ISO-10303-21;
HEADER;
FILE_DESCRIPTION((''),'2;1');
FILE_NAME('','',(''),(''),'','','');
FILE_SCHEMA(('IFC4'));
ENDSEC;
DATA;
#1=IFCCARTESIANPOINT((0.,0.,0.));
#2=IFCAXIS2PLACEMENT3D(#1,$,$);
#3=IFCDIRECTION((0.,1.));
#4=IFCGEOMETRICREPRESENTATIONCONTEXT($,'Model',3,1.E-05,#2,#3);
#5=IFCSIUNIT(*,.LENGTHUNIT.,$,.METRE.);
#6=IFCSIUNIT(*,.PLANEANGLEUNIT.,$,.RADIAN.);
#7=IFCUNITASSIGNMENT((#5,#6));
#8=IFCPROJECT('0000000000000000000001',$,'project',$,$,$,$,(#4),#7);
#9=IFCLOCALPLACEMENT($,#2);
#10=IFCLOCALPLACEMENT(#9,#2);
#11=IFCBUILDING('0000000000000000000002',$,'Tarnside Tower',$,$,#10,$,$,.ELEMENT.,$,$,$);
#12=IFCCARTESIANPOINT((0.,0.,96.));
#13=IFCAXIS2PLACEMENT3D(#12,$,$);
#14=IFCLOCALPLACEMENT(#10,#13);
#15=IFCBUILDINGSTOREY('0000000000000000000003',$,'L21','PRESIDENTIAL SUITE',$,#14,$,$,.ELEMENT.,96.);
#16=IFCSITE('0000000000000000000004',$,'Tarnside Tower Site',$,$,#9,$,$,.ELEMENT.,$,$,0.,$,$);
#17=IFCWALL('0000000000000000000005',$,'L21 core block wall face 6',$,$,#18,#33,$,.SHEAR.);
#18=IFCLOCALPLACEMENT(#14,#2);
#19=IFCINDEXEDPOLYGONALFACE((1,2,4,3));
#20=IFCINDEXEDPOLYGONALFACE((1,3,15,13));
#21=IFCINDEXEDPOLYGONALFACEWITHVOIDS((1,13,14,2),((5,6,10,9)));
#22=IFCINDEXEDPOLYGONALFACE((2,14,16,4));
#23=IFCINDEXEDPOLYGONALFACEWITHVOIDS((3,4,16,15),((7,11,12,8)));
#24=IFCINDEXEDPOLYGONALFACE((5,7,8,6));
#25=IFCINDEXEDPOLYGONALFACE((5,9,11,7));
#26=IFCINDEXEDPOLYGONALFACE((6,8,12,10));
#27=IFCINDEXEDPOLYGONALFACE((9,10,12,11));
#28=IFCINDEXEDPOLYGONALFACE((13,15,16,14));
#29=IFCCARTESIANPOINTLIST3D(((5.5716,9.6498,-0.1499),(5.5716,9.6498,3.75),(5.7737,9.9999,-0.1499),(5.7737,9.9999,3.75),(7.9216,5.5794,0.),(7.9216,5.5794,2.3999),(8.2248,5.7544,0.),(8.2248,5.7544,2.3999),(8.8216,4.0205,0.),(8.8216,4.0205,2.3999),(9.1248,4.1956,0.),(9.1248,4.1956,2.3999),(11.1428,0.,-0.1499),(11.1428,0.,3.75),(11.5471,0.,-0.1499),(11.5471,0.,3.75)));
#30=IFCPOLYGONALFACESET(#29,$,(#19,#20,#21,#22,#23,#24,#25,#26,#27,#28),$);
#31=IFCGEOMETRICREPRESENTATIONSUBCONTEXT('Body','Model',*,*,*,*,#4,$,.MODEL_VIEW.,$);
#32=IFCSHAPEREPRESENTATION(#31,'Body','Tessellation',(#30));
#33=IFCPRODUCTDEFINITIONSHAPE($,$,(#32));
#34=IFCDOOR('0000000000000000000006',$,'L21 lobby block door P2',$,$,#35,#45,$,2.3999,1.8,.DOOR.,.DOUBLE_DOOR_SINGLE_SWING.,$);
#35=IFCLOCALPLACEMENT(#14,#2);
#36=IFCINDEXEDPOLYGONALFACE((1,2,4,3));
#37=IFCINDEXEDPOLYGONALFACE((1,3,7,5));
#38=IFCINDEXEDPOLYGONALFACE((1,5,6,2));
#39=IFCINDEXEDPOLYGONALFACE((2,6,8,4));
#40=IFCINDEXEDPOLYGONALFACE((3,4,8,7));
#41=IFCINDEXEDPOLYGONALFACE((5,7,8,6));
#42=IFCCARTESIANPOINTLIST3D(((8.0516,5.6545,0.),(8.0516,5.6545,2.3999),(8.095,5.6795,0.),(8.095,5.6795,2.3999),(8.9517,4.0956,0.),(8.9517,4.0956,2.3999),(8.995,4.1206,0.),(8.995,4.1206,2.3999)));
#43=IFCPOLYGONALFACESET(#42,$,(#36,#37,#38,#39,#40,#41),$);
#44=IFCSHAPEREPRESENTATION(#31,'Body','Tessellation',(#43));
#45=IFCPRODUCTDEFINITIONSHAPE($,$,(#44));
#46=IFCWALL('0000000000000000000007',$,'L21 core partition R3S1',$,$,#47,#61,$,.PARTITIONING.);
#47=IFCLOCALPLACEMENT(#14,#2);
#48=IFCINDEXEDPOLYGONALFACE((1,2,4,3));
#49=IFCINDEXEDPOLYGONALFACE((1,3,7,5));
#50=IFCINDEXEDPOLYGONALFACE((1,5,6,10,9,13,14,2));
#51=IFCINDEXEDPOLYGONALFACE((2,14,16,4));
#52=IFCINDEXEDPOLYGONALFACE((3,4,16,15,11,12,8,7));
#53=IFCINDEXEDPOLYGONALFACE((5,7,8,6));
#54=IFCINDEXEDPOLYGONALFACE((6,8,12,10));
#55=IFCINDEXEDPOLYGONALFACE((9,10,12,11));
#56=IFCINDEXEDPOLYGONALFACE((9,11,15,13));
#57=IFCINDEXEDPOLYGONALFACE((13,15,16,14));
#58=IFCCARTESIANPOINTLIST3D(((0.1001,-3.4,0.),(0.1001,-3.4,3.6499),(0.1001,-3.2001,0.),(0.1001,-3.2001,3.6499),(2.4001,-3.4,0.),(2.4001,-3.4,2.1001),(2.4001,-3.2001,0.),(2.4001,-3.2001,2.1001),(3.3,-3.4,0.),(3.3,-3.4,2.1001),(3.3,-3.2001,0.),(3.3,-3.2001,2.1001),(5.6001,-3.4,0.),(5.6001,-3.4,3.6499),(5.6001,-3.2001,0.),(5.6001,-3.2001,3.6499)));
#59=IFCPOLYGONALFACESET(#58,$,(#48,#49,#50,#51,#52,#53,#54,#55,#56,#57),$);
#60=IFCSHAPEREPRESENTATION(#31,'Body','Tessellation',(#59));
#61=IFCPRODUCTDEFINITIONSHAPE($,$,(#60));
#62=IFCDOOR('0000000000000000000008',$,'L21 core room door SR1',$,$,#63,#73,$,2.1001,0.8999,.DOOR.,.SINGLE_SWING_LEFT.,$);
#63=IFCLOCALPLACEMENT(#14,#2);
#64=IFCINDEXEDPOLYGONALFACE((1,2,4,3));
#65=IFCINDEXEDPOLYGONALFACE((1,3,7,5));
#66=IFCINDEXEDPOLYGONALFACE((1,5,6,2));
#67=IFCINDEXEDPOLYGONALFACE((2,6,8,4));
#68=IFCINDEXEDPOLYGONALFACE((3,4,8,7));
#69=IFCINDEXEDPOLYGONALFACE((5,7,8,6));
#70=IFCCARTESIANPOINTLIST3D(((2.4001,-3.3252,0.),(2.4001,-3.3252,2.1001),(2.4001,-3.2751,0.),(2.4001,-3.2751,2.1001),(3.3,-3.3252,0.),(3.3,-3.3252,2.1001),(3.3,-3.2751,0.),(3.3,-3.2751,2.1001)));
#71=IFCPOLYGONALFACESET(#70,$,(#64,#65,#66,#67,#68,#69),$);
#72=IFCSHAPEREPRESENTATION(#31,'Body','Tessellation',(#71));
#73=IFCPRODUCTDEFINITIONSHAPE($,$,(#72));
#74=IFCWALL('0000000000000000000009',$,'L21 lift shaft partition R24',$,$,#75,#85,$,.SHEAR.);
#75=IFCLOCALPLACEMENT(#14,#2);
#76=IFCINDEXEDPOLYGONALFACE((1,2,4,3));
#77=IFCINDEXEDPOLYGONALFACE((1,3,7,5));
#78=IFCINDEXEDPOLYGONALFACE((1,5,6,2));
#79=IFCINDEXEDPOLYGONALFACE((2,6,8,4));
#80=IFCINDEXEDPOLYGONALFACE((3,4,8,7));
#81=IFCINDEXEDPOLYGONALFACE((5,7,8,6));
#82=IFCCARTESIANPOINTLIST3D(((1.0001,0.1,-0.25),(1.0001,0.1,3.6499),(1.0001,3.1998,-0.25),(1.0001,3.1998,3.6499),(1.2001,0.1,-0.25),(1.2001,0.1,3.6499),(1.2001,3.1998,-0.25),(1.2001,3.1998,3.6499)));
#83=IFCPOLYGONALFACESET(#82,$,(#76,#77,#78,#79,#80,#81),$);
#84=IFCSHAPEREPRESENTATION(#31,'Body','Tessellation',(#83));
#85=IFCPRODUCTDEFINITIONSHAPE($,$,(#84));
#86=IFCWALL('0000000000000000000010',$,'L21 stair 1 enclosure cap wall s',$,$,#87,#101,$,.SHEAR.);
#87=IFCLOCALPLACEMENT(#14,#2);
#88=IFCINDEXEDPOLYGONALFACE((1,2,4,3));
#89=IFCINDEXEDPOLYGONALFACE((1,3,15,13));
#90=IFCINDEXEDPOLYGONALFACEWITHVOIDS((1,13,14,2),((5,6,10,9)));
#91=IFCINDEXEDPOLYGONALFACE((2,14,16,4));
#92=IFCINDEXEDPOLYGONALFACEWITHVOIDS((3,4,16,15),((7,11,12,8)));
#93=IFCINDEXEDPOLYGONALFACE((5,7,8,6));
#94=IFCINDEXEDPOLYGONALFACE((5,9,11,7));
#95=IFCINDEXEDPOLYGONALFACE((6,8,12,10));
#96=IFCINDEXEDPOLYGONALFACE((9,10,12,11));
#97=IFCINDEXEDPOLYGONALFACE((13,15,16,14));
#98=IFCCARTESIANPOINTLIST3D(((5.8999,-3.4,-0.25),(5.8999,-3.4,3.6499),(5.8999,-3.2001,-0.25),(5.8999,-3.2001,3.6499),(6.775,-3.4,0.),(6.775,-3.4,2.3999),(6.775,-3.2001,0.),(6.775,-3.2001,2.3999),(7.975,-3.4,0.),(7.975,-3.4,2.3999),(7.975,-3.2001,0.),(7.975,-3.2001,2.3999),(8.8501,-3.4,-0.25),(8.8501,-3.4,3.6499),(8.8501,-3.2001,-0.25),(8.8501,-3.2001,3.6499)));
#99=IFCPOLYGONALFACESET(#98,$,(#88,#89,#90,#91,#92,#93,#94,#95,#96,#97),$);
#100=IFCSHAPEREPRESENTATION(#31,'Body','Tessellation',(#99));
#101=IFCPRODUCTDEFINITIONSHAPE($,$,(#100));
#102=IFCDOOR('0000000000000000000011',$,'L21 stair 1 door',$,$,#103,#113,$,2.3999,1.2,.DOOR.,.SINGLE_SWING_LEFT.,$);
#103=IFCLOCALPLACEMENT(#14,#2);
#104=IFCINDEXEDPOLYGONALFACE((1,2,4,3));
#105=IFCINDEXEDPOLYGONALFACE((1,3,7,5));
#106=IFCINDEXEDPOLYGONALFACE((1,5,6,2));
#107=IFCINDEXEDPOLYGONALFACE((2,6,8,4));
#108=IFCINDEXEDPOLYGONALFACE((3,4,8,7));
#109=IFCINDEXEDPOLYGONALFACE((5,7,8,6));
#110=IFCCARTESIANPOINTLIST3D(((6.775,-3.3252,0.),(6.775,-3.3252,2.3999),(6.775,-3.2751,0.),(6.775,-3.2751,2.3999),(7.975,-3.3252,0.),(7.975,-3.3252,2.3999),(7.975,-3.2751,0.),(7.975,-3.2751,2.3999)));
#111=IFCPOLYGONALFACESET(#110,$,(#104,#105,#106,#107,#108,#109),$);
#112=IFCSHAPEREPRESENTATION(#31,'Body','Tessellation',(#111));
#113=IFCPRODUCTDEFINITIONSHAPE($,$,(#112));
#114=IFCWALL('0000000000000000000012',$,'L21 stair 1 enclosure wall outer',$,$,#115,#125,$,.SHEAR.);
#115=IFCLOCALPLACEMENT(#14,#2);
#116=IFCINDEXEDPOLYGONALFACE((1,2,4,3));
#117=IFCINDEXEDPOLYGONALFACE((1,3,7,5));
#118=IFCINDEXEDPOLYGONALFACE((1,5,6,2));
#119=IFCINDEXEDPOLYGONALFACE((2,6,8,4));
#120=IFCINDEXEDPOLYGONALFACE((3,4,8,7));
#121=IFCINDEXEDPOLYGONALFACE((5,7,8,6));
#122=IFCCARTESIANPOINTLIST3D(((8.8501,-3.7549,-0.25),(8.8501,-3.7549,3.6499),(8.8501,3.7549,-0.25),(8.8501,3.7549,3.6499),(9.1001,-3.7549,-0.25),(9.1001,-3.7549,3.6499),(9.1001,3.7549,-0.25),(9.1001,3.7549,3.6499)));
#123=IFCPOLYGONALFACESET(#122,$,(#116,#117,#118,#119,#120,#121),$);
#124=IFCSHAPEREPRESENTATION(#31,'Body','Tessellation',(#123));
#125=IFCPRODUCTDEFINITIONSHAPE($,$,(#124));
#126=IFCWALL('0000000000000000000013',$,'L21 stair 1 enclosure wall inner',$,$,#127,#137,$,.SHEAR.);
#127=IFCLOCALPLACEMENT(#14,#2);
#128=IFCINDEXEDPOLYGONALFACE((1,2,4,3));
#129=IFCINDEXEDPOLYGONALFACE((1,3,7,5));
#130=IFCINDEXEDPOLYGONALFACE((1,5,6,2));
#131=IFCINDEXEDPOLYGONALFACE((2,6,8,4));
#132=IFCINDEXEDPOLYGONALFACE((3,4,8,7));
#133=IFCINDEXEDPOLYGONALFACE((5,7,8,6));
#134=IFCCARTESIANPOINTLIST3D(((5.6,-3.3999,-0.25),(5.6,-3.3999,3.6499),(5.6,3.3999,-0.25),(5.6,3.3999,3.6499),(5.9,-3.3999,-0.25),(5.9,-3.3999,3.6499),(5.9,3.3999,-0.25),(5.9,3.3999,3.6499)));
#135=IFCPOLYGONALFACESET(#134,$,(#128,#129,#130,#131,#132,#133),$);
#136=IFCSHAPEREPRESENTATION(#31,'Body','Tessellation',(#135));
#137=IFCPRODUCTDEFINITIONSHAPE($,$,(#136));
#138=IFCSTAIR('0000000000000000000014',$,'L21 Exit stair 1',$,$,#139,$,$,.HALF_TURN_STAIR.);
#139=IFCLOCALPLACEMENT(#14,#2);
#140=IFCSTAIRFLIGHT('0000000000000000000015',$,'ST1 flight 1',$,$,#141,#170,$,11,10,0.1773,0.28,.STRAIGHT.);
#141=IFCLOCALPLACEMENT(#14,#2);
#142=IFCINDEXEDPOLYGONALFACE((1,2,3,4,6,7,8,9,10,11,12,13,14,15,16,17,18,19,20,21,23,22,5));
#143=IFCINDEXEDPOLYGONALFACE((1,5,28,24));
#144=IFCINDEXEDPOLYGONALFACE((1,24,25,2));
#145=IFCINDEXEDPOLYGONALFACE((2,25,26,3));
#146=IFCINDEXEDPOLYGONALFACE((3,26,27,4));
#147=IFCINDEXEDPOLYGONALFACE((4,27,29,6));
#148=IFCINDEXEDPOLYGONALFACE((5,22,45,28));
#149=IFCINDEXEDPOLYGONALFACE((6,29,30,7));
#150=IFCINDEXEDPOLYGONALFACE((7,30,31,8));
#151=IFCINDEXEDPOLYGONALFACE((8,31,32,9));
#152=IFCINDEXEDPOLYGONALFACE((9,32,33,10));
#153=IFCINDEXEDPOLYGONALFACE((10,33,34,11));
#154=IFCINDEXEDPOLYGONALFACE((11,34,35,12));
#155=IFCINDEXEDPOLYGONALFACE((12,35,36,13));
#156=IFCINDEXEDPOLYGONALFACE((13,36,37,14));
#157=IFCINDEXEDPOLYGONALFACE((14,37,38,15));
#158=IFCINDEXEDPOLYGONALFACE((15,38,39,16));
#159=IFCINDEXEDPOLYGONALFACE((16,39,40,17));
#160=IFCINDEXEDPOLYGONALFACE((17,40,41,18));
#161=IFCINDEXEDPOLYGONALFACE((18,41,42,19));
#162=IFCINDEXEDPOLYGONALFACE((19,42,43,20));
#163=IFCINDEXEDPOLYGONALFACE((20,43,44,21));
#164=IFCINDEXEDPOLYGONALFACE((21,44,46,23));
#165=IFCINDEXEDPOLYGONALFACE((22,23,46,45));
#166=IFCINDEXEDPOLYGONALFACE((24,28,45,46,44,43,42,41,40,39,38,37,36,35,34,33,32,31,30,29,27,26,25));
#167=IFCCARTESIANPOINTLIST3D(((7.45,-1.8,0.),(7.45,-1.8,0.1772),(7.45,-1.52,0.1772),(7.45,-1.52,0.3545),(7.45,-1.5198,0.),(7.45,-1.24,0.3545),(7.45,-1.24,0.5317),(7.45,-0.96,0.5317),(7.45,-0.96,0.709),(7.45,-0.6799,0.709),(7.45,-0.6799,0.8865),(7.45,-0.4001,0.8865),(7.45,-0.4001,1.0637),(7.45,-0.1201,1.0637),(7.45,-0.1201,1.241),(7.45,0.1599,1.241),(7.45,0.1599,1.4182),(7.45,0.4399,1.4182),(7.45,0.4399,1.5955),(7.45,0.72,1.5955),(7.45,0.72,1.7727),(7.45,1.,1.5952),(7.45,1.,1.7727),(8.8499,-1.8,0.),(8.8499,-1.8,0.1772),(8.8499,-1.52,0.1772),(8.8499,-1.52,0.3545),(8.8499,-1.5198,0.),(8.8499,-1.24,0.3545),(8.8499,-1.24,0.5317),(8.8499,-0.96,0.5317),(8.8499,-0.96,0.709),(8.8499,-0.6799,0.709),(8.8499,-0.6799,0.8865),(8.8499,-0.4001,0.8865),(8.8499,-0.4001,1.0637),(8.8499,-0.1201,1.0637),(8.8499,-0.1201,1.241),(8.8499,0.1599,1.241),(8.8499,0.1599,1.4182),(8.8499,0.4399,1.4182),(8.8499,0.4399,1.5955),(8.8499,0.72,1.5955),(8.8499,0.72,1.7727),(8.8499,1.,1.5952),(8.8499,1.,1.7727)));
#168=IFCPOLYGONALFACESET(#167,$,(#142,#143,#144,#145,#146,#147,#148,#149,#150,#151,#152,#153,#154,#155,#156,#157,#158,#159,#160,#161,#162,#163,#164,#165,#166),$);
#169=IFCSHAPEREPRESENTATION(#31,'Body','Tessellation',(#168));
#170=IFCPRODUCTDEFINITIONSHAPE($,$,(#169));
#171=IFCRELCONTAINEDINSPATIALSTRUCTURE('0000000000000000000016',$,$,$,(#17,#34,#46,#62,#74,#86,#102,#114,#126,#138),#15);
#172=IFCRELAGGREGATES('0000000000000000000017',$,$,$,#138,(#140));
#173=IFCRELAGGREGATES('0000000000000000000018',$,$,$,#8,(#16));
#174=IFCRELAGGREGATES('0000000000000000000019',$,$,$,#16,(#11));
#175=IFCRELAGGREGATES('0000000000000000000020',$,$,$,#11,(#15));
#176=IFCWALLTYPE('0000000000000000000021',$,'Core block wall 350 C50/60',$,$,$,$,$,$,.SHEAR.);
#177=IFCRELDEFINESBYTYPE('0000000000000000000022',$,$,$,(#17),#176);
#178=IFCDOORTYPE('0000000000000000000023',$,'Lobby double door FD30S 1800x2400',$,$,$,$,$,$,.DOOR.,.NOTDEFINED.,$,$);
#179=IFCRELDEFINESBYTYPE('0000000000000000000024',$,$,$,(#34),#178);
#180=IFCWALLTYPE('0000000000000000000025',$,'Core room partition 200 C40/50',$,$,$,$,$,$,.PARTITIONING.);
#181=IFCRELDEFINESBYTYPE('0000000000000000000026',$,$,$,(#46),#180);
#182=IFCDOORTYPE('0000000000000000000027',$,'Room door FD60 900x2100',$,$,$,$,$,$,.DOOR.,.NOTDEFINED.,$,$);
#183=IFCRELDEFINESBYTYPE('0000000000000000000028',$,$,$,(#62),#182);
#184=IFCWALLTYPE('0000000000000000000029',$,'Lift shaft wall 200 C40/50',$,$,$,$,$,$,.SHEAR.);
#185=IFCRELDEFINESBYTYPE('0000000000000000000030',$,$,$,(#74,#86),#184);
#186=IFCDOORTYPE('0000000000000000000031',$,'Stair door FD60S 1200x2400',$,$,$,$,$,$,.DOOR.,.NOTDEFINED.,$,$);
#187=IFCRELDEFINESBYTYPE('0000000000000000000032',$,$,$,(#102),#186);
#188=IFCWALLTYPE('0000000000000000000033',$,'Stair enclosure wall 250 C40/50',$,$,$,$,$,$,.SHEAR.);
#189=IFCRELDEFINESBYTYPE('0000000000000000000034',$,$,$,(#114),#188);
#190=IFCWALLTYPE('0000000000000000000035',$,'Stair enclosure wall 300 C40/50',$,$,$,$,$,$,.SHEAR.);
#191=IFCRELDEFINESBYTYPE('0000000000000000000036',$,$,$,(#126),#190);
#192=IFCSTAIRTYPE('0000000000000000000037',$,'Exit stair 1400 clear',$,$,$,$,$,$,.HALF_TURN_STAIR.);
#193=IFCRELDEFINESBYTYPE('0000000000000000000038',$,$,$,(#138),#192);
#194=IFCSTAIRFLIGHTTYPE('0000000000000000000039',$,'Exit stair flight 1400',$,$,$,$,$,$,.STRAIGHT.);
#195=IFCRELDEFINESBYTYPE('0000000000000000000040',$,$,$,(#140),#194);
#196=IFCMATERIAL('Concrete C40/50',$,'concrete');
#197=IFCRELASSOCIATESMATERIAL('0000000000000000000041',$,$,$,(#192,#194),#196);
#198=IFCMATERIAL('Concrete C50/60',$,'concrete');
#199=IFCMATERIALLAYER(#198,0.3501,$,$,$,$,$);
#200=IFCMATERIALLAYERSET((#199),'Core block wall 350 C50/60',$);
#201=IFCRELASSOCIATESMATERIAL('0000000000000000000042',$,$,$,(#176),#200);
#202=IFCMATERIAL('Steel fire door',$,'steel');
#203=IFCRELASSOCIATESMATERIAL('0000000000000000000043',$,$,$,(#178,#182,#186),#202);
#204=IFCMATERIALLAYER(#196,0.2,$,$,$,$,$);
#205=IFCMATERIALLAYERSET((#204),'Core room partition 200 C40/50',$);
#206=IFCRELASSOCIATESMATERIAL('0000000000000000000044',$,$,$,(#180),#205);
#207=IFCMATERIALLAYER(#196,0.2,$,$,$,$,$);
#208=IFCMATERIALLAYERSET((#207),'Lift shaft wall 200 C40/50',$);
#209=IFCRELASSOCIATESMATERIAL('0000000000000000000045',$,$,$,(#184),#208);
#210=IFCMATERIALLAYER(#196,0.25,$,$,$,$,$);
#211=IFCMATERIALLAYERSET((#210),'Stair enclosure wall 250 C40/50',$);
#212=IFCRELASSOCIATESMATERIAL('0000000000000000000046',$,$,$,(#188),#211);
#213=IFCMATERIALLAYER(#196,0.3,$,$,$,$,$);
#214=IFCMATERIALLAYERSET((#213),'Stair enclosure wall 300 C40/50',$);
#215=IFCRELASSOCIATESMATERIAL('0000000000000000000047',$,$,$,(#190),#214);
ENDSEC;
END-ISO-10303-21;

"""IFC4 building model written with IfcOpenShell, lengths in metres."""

from ifc_helpers import new_model, si_unit, direction, frame, frame_2d, origin, place, context, subcontext, project, spatial, polyline, rectangle, outline, extrude, material, layer, layer_set, type_object, element, fill, aggregate, save


model = new_model("IFC4")

# Units and contexts
model_context = context("Model", 3, precision=1e-05, world=origin(), true_north=direction((0.0, 1.0)))
body_context = subcontext(model_context, "Body", "Model", "MODEL_VIEW")
ifc_project = project(units=[si_unit("LENGTHUNIT", "METRE"), si_unit("PLANEANGLEUNIT", "RADIAN")], contexts=[model_context])

# Site, building, storey
site_placement = place(None, origin())
site = spatial("IfcSite", under=ifc_project, at=site_placement, Name="Tarnside Tower Site", CompositionType="ELEMENT", RefElevation=0.0)
building_placement = place(site_placement, origin())
building = spatial("IfcBuilding", under=site, at=building_placement, Name="Tarnside Tower", CompositionType="ELEMENT")
storey_placement = place(building_placement, frame((0.0, 0.0, 96.0)))
storey = spatial("IfcBuildingStorey", under=building, at=storey_placement, Name="L21", Description="PRESIDENTIAL SUITE", CompositionType="ELEMENT", Elevation=96.0)

# Shared definitions
ifc_material_1 = material(Name="Concrete C40/50", Category="concrete")

# Shared definitions
stair_type = type_object("IfcStairType", Name="Exit stair 1400 clear", PredefinedType="HALF_TURN_STAIR", material=ifc_material_1)

# Walls, openings, doors
ifc_material_2 = material(Name="Concrete C50/60", Category="concrete")
ifc_layer_1 = layer(ifc_material_2, 0.3501)
ifc_layer_set_1 = layer_set([ifc_layer_1], Name="Core block wall 350 C50/60")
wall_type_1 = type_object("IfcWallType", Name="Core block wall 350 C50/60", PredefinedType="SHEAR", material=ifc_layer_set_1)
wall_1_placement = place(storey_placement, frame((11.345, 0.0, -0.1499), z_axis=(0.0, 0.0, 1.0), x_axis=(-0.499995, 0.866028, 0.0)))
wall_1 = element("IfcWall", 1, at=wall_1_placement, inside=storey, type_object=wall_type_1, Name="L21 core block wall face 6", PredefinedType="SHEAR", context=body_context, shape_type="SweptSolid", body=[
    extrude(outline(polyline([(-0.1011, -0.175), (11.4458, -0.175), (11.2437, 0.175), (0.1011, 0.175), (-0.1011, -0.175)])), origin(), (0.0, 0.0, 1.0), 3.8999),
])
opening_1_placement = place(wall_1_placement, frame((4.7437, 0.0, 0.1499)))
opening_1 = element("IfcOpeningElement", 2, at=opening_1_placement, cuts=wall_1, PredefinedType="OPENING", context=body_context, shape_type="SweptSolid", body=[
    extrude(rectangle(XDim=1.8, YDim=2.3999, at=frame_2d((0.8999, 1.2))), frame((0.0, 0.1851, 0.0), z_axis=(0.0, -1.0, 0.0), x_axis=(1.0, 0.0, 0.0)), (0.0, 0.0, 1.0), 0.3701),
])
ifc_material_3 = material(Name="Steel fire door", Category="steel")
door_type_1 = type_object("IfcDoorType", Name="Lobby double door FD30S 1800x2400", OperationType="NOTDEFINED", PredefinedType="DOOR", material=ifc_material_3)
door_1_placement = place(opening_1_placement, origin())
door_1 = element("IfcDoor", 3, at=door_1_placement, inside=storey, type_object=door_type_1, Name="L21 lobby block door P2", OperationType="DOUBLE_DOOR_SINGLE_SWING", OverallHeight=2.3999, OverallWidth=1.8, PredefinedType="DOOR", context=body_context, shape_type="SweptSolid", body=[
    extrude(rectangle(XDim=1.8, YDim=2.3999, at=frame_2d((0.8999, 1.2))), frame((0.0, 0.0249, 0.0), z_axis=(0.0, -1.0, 0.0), x_axis=(1.0, 0.0, 0.0)), (0.0, 0.0, 1.0), 0.05),
])
fill(opening_1, door_1)
ifc_layer_2 = layer(ifc_material_1, 0.2)
ifc_layer_set_2 = layer_set([ifc_layer_2], Name="Core room partition 200 C40/50")
wall_type_2 = type_object("IfcWallType", Name="Core room partition 200 C40/50", PredefinedType="PARTITIONING", material=ifc_layer_set_2)
wall_2_placement = place(storey_placement, frame((0.1001, -3.3, 0.0), z_axis=(0.0, 0.0, 1.0), x_axis=(1.0, 0.0, 0.0)))
wall_2 = element("IfcWall", 4, at=wall_2_placement, inside=storey, type_object=wall_type_2, Name="L21 core partition R3S1", PredefinedType="PARTITIONING", context=body_context, shape_type="SweptSolid", body=[
    extrude(rectangle(XDim=5.5, YDim=0.2, at=frame_2d((2.75, 0.0))), origin(), (0.0, 0.0, 1.0), 3.6499),
])
opening_2_placement = place(wall_2_placement, frame((2.3, 0.0, 0.0)))
opening_2 = element("IfcOpeningElement", 5, at=opening_2_placement, cuts=wall_2, PredefinedType="OPENING", context=body_context, shape_type="SweptSolid", body=[
    extrude(rectangle(XDim=0.8999, YDim=2.1001, at=frame_2d((0.45, 1.05))), frame((0.0, 0.1099, 0.0), z_axis=(0.0, -1.0, 0.0), x_axis=(1.0, 0.0, 0.0)), (0.0, 0.0, 1.0), 0.22),
])
door_type_2 = type_object("IfcDoorType", Name="Room door FD60 900x2100", OperationType="NOTDEFINED", PredefinedType="DOOR", material=ifc_material_3)
door_2_placement = place(opening_2_placement, origin())
door_2 = element("IfcDoor", 6, at=door_2_placement, inside=storey, type_object=door_type_2, Name="L21 core room door SR1", OperationType="SINGLE_SWING_LEFT", OverallHeight=2.1001, OverallWidth=0.8999, PredefinedType="DOOR", context=body_context, shape_type="SweptSolid", body=[
    extrude(rectangle(XDim=0.8999, YDim=2.1001, at=frame_2d((0.45, 1.05))), frame((0.0, 0.0249, 0.0), z_axis=(0.0, -1.0, 0.0), x_axis=(1.0, 0.0, 0.0)), (0.0, 0.0, 1.0), 0.05),
])
fill(opening_2, door_2)

# Wall
ifc_layer_3 = layer(ifc_material_1, 0.2)
ifc_layer_set_3 = layer_set([ifc_layer_3], Name="Lift shaft wall 200 C40/50")
wall_type_3 = type_object("IfcWallType", Name="Lift shaft wall 200 C40/50", PredefinedType="SHEAR", material=ifc_layer_set_3)
wall_3_placement = place(storey_placement, frame((1.1001, 0.1001, -0.25), z_axis=(0.0, 0.0, 1.0), x_axis=(0.0, 1.0, 0.0)))
element("IfcWall", 7, at=wall_3_placement, inside=storey, type_object=wall_type_3, Name="L21 lift shaft partition R24", PredefinedType="SHEAR", context=body_context, shape_type="SweptSolid", body=[
    extrude(rectangle(XDim=3.0999, YDim=0.2, at=frame_2d((1.5498, 0.0))), origin(), (0.0, 0.0, 1.0), 3.8999),
])

# Wall, opening, door
wall_4_placement = place(storey_placement, frame((5.8999, -3.3, -0.25), z_axis=(0.0, 0.0, 1.0), x_axis=(1.0, 0.0, 0.0)))
wall_4 = element("IfcWall", 8, at=wall_4_placement, inside=storey, type_object=wall_type_3, Name="L21 stair 1 enclosure cap wall s", PredefinedType="SHEAR", context=body_context, shape_type="SweptSolid", body=[
    extrude(rectangle(XDim=2.9502, YDim=0.2, at=frame_2d((1.4751, 0.0))), origin(), (0.0, 0.0, 1.0), 3.8999),
])
opening_3_placement = place(wall_4_placement, frame((0.875, 0.0, 0.25)))
opening_3 = element("IfcOpeningElement", 9, at=opening_3_placement, cuts=wall_4, PredefinedType="OPENING", context=body_context, shape_type="SweptSolid", body=[
    extrude(rectangle(XDim=1.2, YDim=2.3999, at=frame_2d((0.6001, 1.2))), frame((0.0, 0.1099, 0.0), z_axis=(0.0, -1.0, 0.0), x_axis=(1.0, 0.0, 0.0)), (0.0, 0.0, 1.0), 0.22),
])
door_type_3 = type_object("IfcDoorType", Name="Stair door FD60S 1200x2400", OperationType="NOTDEFINED", PredefinedType="DOOR", material=ifc_material_3)
door_3_placement = place(opening_3_placement, origin())
door_3 = element("IfcDoor", 10, at=door_3_placement, inside=storey, type_object=door_type_3, Name="L21 stair 1 door", OperationType="SINGLE_SWING_LEFT", OverallHeight=2.3999, OverallWidth=1.2, PredefinedType="DOOR", context=body_context, shape_type="SweptSolid", body=[
    extrude(rectangle(XDim=1.2, YDim=2.3999, at=frame_2d((0.6001, 1.2))), frame((0.0, 0.0249, 0.0), z_axis=(0.0, -1.0, 0.0), x_axis=(1.0, 0.0, 0.0)), (0.0, 0.0, 1.0), 0.05),
])
fill(opening_3, door_3)

# Walls
ifc_layer_4 = layer(ifc_material_1, 0.25)
ifc_layer_set_4 = layer_set([ifc_layer_4], Name="Stair enclosure wall 250 C40/50")
wall_type_4 = type_object("IfcWallType", Name="Stair enclosure wall 250 C40/50", PredefinedType="SHEAR", material=ifc_layer_set_4)
wall_5_placement = place(storey_placement, frame((8.9751, -3.7549, -0.25), z_axis=(0.0, 0.0, 1.0), x_axis=(0.0, 1.0, 0.0)))
element("IfcWall", 11, at=wall_5_placement, inside=storey, type_object=wall_type_4, Name="L21 stair 1 enclosure wall outer", PredefinedType="SHEAR", context=body_context, shape_type="SweptSolid", body=[
    extrude(rectangle(XDim=7.5098, YDim=0.25, at=frame_2d((3.7549, 0.0))), origin(), (0.0, 0.0, 1.0), 3.8999),
])
ifc_layer_5 = layer(ifc_material_1, 0.3)
ifc_layer_set_5 = layer_set([ifc_layer_5], Name="Stair enclosure wall 300 C40/50")
wall_type_5 = type_object("IfcWallType", Name="Stair enclosure wall 300 C40/50", PredefinedType="SHEAR", material=ifc_layer_set_5)
wall_6_placement = place(storey_placement, frame((5.75, -3.3999, -0.25), z_axis=(0.0, 0.0, 1.0), x_axis=(0.0, 1.0, 0.0)))
element("IfcWall", 12, at=wall_6_placement, inside=storey, type_object=wall_type_5, Name="L21 stair 1 enclosure wall inner", PredefinedType="SHEAR", context=body_context, shape_type="SweptSolid", body=[
    extrude(rectangle(XDim=6.7998, YDim=0.3, at=frame_2d((3.3999, 0.0))), origin(), (0.0, 0.0, 1.0), 3.8999),
])

# Stair, stair flight
stair_1_placement = place(storey_placement, origin())
stair_1 = element("IfcStair", 13, at=stair_1_placement, inside=storey, type_object=stair_type, Name="L21 Exit stair 1", PredefinedType="HALF_TURN_STAIR")
stair_flight_type = type_object("IfcStairFlightType", Name="Exit stair flight 1400", PredefinedType="STRAIGHT", material=ifc_material_1)
stair_flight_placement = place(storey_placement, frame((8.1499, -1.8, 0.0), z_axis=(0.0, 0.0, 1.0), x_axis=(0.0, 1.0, 0.0)))
stair_flight = element("IfcStairFlight", 14, at=stair_flight_placement, type_object=stair_flight_type, Name="ST1 flight 1", NumberOfRisers=11, NumberOfTreads=10, PredefinedType="STRAIGHT", RiserHeight=0.1773, TreadLength=0.28, context=body_context, shape_type="SweptSolid", body=[
    extrude(outline(polyline([(0.0, 0.0), (0.0, 0.1772), (0.28, 0.1772), (0.28, 0.3545), (0.5601, 0.3545), (0.5601, 0.5317), (0.8401, 0.5317), (0.8401, 0.709), (1.1201, 0.709), (1.1201, 0.8865), (1.3999, 0.8865), (1.3999, 1.0637), (1.6799, 1.0637), (1.6799, 1.241), (1.96, 1.241), (1.96, 1.4182), (2.24, 1.4182), (2.24, 1.5955), (2.52, 1.5955), (2.52, 1.7727), (2.8, 1.7727), (2.8, 1.95), (2.8, 1.5952), (0.2803, 0.0), (0.0, 0.0)])), frame((0.0, 0.7, 0.0), z_axis=(0.0, -1.0, 0.0), x_axis=(1.0, 0.0, 0.0)), (0.0, 0.0, 1.0), 1.3999),
])
aggregate(stair_1, [stair_flight])

save(model, "model.ifc")
